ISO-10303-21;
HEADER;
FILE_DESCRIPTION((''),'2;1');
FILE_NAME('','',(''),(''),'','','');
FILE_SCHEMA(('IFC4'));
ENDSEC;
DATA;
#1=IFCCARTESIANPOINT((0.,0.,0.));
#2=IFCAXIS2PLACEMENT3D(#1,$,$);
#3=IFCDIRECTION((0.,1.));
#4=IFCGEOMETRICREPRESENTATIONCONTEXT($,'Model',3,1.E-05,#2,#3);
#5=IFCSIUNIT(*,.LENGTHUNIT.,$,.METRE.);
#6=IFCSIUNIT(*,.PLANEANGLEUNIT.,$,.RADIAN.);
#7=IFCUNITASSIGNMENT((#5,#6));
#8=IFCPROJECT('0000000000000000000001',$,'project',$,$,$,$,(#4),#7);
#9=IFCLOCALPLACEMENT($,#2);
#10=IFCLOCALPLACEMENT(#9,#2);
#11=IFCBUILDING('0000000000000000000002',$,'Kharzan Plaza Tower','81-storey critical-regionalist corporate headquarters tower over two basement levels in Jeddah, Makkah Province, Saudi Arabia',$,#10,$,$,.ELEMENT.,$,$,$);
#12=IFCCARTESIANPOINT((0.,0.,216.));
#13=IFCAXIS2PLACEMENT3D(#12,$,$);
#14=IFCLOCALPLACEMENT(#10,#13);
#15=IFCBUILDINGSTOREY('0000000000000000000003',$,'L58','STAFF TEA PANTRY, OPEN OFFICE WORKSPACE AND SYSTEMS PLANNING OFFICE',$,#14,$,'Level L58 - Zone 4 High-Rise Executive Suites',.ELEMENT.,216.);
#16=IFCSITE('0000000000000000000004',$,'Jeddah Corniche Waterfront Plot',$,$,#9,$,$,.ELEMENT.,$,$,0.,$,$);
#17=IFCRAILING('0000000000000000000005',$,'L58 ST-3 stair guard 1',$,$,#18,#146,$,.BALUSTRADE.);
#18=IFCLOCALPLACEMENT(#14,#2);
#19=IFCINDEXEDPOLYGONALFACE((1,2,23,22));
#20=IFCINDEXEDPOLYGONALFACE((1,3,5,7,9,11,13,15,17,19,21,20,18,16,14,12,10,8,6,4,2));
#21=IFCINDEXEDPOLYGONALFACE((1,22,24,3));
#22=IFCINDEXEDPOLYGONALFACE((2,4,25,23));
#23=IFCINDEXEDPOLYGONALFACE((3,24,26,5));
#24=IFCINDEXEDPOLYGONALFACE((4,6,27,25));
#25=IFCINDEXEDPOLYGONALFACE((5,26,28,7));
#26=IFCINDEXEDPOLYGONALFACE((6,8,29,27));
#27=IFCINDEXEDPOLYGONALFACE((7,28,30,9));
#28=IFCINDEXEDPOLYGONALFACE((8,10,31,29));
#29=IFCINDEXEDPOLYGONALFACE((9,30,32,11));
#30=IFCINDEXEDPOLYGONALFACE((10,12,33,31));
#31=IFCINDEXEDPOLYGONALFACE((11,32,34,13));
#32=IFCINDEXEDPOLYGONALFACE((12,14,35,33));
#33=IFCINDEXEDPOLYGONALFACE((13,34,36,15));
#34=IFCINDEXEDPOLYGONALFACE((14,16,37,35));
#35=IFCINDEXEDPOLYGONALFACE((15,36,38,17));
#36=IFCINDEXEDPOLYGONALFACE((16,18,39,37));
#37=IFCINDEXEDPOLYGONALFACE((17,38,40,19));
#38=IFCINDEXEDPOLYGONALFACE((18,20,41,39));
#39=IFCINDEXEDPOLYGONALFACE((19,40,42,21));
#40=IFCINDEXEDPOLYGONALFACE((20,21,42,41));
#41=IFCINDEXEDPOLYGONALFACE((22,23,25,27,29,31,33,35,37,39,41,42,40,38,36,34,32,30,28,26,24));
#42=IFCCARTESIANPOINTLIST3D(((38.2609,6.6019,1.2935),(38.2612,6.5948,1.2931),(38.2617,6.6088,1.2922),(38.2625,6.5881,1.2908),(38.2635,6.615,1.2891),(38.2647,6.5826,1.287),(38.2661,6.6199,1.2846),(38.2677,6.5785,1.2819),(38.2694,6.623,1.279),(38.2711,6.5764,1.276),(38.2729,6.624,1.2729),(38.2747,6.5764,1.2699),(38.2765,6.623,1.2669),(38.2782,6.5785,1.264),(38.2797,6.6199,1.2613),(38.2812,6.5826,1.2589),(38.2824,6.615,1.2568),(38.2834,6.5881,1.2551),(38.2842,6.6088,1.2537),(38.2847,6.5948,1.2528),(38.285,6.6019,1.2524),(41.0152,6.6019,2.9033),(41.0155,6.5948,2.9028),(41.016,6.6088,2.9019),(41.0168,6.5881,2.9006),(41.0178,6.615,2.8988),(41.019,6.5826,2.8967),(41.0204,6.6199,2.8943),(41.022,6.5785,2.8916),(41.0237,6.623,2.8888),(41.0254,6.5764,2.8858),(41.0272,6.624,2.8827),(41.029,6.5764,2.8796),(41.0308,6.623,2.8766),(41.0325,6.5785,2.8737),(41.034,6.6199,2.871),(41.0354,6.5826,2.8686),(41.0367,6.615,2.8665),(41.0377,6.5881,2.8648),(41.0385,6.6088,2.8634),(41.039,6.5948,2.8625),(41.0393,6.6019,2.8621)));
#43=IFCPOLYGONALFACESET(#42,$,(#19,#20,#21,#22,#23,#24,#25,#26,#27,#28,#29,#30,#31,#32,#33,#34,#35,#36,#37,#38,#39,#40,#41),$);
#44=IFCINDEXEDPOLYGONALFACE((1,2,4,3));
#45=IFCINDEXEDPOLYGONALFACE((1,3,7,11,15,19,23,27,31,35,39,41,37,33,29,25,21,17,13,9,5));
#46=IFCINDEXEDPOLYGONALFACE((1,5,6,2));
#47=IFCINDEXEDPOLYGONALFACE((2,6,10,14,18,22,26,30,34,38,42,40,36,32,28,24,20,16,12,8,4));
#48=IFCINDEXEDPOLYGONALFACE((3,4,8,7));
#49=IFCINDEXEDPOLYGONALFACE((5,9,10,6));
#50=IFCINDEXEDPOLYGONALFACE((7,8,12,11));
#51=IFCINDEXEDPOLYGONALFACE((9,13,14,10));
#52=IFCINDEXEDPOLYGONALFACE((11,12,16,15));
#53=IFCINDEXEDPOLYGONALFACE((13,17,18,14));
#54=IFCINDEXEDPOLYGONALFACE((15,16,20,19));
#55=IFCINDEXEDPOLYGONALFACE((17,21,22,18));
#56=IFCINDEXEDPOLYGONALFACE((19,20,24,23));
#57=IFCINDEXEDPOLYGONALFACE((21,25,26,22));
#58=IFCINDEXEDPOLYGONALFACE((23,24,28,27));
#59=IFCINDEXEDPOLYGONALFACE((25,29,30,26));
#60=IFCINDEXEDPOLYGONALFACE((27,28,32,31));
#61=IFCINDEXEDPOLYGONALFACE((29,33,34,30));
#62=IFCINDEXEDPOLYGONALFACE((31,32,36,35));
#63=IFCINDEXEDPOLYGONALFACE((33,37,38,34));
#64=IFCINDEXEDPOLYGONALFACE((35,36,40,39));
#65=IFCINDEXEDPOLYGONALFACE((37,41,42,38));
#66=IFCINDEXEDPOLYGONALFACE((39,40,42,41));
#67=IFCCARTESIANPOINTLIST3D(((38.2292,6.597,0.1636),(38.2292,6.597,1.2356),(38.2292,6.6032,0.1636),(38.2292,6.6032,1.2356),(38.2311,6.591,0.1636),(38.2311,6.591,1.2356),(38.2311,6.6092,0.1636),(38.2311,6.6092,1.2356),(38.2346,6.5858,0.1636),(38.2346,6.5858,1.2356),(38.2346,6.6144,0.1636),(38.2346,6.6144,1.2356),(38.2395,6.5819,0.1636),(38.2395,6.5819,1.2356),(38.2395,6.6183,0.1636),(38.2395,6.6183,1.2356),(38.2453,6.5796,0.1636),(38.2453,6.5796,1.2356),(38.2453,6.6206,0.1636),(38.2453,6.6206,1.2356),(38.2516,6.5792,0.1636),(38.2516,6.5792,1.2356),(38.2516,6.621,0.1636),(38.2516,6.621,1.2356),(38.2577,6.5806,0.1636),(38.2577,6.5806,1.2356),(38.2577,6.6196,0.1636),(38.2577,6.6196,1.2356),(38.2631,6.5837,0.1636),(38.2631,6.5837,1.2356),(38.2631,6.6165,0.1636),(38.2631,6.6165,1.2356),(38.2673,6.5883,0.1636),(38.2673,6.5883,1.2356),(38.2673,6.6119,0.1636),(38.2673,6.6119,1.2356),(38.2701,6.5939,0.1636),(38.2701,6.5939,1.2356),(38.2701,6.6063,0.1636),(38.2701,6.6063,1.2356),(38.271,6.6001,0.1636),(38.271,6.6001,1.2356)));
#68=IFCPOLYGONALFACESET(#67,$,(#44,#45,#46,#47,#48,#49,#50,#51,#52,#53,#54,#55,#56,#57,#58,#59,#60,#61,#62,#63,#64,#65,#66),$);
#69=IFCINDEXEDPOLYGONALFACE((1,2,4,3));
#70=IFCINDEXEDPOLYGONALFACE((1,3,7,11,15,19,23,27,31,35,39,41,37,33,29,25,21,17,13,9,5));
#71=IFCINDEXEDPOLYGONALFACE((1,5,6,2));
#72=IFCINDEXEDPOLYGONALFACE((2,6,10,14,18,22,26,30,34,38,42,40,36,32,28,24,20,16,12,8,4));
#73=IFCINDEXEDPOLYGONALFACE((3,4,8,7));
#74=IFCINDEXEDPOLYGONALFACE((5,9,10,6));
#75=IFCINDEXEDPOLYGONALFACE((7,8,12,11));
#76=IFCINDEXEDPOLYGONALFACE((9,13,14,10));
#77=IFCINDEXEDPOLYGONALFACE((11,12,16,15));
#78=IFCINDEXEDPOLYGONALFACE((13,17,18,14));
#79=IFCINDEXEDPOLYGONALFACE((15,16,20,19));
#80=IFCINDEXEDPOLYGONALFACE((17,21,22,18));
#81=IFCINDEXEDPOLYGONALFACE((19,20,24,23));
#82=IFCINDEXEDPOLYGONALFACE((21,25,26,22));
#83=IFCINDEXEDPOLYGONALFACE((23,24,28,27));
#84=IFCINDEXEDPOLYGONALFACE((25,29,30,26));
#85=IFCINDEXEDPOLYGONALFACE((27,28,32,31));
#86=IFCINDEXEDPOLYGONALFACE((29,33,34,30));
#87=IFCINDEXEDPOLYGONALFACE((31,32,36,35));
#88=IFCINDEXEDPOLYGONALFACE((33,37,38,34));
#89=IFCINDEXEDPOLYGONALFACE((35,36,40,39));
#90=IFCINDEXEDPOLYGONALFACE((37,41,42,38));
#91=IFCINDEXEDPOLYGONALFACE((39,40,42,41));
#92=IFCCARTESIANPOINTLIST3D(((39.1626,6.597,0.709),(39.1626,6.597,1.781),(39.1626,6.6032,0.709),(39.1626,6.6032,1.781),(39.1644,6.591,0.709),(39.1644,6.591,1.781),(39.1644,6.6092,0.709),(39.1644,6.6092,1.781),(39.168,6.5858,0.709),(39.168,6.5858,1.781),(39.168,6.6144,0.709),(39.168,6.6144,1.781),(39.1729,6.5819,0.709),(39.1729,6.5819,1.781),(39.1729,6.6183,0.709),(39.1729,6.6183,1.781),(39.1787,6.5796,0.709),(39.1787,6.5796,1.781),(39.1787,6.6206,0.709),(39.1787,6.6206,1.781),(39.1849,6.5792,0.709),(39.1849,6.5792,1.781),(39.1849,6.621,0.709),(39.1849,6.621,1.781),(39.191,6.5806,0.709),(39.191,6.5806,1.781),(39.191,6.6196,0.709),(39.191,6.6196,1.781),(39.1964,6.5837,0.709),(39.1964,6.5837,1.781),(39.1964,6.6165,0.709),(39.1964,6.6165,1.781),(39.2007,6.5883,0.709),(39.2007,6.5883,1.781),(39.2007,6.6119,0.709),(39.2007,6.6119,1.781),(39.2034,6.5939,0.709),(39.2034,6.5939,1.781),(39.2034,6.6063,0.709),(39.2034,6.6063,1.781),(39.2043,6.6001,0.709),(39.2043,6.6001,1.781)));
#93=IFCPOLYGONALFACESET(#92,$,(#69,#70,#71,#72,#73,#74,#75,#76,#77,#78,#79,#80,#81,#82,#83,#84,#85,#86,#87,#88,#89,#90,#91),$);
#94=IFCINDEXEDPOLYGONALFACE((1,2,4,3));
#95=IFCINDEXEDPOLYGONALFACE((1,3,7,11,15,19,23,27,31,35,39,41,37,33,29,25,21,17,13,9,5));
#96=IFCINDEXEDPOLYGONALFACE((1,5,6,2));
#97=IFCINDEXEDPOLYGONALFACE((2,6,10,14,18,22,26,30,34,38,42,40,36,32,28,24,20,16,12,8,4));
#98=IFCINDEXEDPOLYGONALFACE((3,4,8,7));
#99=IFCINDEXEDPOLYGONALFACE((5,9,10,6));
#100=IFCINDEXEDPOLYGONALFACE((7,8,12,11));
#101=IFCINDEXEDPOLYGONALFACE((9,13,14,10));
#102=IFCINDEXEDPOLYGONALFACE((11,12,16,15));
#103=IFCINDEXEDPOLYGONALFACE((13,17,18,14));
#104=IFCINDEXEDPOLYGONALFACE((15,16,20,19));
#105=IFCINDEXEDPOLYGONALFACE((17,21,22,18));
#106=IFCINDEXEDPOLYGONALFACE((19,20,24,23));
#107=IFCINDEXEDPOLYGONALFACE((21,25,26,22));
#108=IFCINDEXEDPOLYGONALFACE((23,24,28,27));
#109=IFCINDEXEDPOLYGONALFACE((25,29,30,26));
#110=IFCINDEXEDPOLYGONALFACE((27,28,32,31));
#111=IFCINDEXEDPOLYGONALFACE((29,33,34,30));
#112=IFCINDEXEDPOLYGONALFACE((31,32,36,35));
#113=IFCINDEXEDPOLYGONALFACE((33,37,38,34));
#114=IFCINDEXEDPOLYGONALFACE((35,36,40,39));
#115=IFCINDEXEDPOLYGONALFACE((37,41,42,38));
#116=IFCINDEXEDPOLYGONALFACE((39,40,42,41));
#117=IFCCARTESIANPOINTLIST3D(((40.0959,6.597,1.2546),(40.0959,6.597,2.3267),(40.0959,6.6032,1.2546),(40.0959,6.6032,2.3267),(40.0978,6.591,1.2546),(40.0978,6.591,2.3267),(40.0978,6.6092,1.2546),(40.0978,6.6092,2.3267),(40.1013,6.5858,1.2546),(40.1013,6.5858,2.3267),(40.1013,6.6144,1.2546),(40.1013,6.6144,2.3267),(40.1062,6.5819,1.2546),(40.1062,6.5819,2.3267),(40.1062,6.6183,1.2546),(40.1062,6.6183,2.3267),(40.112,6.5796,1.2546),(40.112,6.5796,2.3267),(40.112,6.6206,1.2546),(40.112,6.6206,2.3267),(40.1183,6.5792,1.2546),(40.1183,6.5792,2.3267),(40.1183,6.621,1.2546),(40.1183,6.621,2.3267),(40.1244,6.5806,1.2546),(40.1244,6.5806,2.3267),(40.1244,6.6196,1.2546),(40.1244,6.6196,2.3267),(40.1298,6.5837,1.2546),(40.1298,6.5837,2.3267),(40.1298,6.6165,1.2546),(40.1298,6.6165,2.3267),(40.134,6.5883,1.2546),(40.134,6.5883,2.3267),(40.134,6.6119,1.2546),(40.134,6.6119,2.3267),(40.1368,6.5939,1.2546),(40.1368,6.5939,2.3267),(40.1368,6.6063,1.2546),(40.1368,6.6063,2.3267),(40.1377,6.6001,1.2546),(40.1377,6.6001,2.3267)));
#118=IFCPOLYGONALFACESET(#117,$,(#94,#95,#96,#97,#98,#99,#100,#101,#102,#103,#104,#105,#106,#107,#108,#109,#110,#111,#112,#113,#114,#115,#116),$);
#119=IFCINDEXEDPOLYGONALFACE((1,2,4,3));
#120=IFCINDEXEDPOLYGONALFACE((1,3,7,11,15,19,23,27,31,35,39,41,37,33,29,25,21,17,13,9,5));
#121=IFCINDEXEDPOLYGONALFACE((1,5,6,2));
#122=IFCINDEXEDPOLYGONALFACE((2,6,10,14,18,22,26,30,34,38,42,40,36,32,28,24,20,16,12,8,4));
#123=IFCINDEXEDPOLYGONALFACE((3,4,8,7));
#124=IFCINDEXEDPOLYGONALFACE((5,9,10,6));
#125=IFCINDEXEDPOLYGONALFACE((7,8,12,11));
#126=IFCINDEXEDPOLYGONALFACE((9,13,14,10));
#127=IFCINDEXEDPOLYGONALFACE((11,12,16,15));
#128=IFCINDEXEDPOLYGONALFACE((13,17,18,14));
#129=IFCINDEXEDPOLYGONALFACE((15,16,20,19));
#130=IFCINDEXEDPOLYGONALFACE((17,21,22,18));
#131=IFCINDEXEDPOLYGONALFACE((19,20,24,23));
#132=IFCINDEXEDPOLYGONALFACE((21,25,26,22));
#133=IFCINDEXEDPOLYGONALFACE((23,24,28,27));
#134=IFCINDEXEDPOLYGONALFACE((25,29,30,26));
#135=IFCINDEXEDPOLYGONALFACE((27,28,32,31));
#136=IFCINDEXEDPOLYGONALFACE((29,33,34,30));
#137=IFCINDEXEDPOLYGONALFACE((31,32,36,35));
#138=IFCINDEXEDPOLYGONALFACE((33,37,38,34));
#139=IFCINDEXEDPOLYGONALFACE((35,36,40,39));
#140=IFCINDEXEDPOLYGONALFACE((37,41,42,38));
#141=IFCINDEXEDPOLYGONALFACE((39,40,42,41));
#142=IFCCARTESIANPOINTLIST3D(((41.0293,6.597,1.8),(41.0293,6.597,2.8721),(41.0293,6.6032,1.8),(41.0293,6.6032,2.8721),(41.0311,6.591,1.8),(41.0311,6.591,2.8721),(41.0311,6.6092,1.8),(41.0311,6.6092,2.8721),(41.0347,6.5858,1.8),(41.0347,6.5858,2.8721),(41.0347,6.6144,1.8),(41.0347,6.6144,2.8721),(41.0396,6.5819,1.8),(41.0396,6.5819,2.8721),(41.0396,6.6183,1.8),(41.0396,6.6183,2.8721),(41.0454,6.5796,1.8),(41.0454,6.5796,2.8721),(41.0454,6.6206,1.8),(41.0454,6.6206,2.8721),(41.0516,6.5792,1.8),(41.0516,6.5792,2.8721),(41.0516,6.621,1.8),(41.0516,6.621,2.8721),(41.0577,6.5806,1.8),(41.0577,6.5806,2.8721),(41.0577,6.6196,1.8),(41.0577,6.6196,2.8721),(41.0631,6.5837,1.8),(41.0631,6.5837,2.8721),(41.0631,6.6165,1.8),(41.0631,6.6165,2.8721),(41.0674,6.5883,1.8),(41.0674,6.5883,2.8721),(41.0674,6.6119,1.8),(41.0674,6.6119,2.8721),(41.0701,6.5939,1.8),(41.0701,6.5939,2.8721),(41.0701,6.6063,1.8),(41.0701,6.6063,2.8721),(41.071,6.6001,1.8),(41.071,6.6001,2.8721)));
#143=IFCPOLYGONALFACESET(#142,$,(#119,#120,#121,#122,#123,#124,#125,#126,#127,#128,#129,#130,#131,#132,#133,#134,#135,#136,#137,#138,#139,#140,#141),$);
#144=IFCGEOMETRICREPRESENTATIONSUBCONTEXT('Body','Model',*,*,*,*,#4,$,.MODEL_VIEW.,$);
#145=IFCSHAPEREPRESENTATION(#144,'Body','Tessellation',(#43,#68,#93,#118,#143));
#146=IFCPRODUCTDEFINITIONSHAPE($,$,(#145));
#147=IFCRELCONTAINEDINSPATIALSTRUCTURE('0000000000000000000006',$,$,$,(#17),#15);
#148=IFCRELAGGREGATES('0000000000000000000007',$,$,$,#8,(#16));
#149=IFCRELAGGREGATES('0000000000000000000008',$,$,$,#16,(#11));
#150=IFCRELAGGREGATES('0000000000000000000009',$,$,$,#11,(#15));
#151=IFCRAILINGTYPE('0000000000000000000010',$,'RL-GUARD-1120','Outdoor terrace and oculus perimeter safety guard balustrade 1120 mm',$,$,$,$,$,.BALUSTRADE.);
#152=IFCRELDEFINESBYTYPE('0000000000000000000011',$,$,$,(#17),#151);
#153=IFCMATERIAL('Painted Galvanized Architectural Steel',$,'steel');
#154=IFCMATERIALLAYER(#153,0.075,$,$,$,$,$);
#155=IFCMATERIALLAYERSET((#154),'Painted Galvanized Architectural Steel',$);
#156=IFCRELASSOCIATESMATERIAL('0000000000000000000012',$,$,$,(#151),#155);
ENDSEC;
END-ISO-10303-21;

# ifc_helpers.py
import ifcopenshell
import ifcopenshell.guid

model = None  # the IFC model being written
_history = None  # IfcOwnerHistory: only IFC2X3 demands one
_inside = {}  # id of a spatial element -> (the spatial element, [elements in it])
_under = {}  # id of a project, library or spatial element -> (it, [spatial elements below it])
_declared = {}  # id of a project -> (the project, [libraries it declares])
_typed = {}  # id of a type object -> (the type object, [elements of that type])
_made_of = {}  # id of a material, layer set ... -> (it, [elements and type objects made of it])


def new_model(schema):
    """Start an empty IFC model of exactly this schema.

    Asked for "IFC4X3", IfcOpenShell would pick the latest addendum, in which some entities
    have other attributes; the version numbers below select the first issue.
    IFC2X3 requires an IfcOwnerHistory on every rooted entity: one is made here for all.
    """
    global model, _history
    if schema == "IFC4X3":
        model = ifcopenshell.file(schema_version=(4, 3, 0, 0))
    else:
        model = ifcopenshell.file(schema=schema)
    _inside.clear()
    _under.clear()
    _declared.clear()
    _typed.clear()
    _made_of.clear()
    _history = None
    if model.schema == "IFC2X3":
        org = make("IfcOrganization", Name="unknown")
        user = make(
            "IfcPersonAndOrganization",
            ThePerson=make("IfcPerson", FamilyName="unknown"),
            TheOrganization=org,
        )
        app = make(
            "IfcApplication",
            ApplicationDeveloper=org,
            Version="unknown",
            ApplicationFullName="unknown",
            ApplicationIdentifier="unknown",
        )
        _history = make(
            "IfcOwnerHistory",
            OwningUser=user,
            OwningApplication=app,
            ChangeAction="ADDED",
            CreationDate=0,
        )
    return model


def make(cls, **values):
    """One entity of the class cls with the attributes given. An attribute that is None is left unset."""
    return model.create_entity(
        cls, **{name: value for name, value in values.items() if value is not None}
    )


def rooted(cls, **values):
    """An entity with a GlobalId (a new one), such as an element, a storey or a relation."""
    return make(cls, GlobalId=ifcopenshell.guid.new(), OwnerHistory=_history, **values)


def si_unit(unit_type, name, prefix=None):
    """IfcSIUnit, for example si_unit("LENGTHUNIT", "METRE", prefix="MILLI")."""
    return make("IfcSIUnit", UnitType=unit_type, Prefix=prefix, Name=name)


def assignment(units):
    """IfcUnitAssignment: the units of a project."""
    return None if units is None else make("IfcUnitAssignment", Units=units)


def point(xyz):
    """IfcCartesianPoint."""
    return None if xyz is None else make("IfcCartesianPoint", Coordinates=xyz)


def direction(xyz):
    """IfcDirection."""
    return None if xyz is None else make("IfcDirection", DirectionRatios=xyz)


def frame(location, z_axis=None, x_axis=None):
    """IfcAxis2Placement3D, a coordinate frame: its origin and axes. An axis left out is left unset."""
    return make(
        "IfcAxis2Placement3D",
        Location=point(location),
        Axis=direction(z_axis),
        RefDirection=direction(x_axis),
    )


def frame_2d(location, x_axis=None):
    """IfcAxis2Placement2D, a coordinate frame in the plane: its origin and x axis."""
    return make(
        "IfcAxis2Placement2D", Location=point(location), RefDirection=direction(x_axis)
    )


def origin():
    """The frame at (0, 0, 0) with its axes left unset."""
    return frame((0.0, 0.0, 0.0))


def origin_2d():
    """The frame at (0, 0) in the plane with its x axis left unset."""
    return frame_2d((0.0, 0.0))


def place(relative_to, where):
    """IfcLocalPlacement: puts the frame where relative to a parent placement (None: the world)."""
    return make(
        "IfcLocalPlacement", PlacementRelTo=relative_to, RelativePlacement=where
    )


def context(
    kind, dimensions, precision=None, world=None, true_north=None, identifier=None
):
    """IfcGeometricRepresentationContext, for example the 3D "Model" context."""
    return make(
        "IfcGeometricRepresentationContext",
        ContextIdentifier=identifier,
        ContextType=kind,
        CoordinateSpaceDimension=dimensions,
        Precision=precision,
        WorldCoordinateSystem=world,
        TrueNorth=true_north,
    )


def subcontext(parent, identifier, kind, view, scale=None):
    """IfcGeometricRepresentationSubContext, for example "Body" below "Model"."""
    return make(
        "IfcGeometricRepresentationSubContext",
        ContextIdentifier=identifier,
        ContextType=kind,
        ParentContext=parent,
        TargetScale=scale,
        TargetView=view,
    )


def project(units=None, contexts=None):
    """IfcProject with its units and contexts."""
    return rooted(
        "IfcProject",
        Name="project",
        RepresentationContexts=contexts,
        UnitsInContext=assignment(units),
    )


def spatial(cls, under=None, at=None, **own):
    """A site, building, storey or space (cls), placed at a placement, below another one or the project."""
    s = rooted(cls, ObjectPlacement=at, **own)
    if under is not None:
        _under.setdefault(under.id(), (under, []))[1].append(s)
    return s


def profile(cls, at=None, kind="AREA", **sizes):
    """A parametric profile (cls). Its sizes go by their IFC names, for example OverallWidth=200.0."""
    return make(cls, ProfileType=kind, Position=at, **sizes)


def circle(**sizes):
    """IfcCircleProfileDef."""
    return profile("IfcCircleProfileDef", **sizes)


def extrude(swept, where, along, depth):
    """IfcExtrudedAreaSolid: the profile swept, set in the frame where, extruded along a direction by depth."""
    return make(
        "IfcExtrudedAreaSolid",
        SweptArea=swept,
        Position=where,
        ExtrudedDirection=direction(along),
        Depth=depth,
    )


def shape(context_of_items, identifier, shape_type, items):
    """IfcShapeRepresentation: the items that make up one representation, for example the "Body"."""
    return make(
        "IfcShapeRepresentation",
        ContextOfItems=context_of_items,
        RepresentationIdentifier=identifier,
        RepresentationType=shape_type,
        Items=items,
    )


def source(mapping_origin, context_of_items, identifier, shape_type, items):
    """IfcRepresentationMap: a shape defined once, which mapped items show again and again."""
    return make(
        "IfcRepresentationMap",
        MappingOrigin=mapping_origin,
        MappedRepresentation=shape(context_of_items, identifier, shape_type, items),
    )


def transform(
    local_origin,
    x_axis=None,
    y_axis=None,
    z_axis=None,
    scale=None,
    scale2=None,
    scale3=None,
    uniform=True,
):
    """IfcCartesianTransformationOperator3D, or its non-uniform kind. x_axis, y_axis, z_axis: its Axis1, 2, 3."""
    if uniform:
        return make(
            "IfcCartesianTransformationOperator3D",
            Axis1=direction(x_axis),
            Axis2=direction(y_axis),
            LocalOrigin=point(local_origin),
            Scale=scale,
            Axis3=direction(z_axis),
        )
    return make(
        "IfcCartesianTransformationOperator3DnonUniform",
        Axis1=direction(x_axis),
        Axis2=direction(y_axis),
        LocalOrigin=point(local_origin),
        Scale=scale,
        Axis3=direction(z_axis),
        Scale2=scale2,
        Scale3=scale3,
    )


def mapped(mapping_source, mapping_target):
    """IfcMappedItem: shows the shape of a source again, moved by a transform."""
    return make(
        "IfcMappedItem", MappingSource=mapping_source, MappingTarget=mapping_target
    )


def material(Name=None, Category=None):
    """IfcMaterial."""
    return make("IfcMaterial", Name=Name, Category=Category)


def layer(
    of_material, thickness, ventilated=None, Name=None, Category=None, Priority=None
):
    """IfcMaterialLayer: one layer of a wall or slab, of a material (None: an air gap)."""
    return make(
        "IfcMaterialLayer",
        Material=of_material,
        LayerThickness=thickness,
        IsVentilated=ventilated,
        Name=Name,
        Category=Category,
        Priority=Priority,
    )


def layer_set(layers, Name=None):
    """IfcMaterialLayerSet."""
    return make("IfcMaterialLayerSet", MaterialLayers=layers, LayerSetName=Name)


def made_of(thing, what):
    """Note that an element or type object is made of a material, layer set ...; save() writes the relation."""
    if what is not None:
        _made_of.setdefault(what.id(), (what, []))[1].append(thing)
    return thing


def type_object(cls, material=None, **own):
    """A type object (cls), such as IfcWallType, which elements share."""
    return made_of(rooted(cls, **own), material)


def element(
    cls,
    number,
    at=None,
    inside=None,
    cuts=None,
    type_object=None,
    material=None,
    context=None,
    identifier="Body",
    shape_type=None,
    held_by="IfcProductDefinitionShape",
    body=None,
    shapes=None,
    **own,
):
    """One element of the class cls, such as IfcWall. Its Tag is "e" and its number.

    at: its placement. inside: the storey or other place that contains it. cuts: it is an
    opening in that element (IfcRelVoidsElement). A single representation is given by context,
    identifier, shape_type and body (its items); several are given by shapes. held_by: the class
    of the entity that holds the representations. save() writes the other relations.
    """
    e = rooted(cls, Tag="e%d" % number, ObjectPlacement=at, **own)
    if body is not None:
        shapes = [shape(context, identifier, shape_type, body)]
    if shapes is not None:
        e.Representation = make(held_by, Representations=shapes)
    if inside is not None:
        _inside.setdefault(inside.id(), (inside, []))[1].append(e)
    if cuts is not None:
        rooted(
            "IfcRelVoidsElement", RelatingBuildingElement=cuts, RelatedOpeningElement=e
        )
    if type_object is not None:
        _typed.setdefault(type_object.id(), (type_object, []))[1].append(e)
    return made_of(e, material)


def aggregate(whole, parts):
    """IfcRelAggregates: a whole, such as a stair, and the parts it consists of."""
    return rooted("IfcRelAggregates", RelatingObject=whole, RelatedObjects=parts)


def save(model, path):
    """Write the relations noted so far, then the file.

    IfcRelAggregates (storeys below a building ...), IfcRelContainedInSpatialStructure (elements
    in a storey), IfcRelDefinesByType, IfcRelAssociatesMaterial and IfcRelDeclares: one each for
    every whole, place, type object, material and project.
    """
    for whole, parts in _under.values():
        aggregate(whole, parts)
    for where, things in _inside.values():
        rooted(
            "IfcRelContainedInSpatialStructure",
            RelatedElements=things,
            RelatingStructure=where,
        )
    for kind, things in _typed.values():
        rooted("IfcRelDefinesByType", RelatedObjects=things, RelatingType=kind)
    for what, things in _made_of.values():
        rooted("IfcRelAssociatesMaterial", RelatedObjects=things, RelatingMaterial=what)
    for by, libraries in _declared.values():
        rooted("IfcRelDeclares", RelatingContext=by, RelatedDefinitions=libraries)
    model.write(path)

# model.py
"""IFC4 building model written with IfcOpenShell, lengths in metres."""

from ifc_helpers import new_model, si_unit, direction, frame, origin, origin_2d, place, context, subcontext, project, spatial, circle, extrude, source, transform, mapped, material, layer, layer_set, type_object, element, save


model = new_model("IFC4")

# Units and contexts
model_context = context("Model", 3, precision=1e-05, world=origin(), true_north=direction((0.0, 1.0)))
body_context = subcontext(model_context, "Body", "Model", "MODEL_VIEW")
ifc_project = project(units=[si_unit("LENGTHUNIT", "METRE"), si_unit("PLANEANGLEUNIT", "RADIAN")], contexts=[model_context])

# Site, building, storey
site_placement = place(None, origin())
site = spatial("IfcSite", under=ifc_project, at=site_placement, Name="Jeddah Corniche Waterfront Plot", CompositionType="ELEMENT", RefElevation=0.0)
building_placement = place(site_placement, origin())
building = spatial("IfcBuilding", under=site, at=building_placement, Name="Kharzan Plaza Tower", Description="81-storey critical-regionalist corporate headquarters tower over two basement levels in Jeddah, Makkah Province, Saudi Arabia", CompositionType="ELEMENT")
storey_placement = place(building_placement, frame((0.0, 0.0, 216.0)))
storey = spatial("IfcBuildingStorey", under=building, at=storey_placement, Name="L58", Description="STAFF TEA PANTRY, OPEN OFFICE WORKSPACE AND SYSTEMS PLANNING OFFICE", LongName="Level L58 - Zone 4 High-Rise Executive Suites", CompositionType="ELEMENT", Elevation=216.0)

# Railing
ifc_material_1 = material(Name="Painted Galvanized Architectural Steel", Category="steel")
ifc_layer_1 = layer(ifc_material_1, 0.075)
ifc_layer_set_1 = layer_set([ifc_layer_1], Name="Painted Galvanized Architectural Steel")
railing_type_1 = type_object("IfcRailingType", Name="RL-GUARD-1120", Description="Outdoor terrace and oculus perimeter safety guard balustrade 1120 mm", PredefinedType="BALUSTRADE", material=ifc_layer_set_1)
shared_shape_1 = source(origin(), body_context, "Body", "SweptSolid", [
    extrude(circle(Radius=0.0239, at=origin_2d()), frame((0.0229, 0.0, 1.1094), z_axis=(0.863361, 0.0, 0.504587), x_axis=(0.0, 1.0, 0.0)), (0.0, 0.0, 1.0), 3.1902),
    extrude(circle(Radius=0.021, at=origin_2d()), origin(), (0.0, 0.0, 1.0), 1.072),
    extrude(circle(Radius=0.021, at=origin_2d()), frame((0.9333, 0.0, 0.5454)), (0.0, 0.0, 1.0), 1.072),
    extrude(circle(Radius=0.021, at=origin_2d()), frame((1.8667, 0.0, 1.0911)), (0.0, 0.0, 1.0), 1.072),
    extrude(circle(Radius=0.021, at=origin_2d()), frame((2.8, 0.0, 1.6365)), (0.0, 0.0, 1.0), 1.072),
])
railing_1_placement = place(storey_placement, frame((38.25, 6.6001, 0.1636)))
element("IfcRailing", 1, at=railing_1_placement, inside=storey, type_object=railing_type_1, Name="L58 ST-3 stair guard 1", PredefinedType="BALUSTRADE", context=body_context, shape_type="MappedRepresentation", body=[
    mapped(shared_shape_1, transform((0.0, 0.0, 0.0), x_axis=(1.0, 0.0, 0.0), y_axis=(0.0, 1.0, 0.0), z_axis=(0.0, 0.0, 1.0))),
])

save(model, "model.ifc")
